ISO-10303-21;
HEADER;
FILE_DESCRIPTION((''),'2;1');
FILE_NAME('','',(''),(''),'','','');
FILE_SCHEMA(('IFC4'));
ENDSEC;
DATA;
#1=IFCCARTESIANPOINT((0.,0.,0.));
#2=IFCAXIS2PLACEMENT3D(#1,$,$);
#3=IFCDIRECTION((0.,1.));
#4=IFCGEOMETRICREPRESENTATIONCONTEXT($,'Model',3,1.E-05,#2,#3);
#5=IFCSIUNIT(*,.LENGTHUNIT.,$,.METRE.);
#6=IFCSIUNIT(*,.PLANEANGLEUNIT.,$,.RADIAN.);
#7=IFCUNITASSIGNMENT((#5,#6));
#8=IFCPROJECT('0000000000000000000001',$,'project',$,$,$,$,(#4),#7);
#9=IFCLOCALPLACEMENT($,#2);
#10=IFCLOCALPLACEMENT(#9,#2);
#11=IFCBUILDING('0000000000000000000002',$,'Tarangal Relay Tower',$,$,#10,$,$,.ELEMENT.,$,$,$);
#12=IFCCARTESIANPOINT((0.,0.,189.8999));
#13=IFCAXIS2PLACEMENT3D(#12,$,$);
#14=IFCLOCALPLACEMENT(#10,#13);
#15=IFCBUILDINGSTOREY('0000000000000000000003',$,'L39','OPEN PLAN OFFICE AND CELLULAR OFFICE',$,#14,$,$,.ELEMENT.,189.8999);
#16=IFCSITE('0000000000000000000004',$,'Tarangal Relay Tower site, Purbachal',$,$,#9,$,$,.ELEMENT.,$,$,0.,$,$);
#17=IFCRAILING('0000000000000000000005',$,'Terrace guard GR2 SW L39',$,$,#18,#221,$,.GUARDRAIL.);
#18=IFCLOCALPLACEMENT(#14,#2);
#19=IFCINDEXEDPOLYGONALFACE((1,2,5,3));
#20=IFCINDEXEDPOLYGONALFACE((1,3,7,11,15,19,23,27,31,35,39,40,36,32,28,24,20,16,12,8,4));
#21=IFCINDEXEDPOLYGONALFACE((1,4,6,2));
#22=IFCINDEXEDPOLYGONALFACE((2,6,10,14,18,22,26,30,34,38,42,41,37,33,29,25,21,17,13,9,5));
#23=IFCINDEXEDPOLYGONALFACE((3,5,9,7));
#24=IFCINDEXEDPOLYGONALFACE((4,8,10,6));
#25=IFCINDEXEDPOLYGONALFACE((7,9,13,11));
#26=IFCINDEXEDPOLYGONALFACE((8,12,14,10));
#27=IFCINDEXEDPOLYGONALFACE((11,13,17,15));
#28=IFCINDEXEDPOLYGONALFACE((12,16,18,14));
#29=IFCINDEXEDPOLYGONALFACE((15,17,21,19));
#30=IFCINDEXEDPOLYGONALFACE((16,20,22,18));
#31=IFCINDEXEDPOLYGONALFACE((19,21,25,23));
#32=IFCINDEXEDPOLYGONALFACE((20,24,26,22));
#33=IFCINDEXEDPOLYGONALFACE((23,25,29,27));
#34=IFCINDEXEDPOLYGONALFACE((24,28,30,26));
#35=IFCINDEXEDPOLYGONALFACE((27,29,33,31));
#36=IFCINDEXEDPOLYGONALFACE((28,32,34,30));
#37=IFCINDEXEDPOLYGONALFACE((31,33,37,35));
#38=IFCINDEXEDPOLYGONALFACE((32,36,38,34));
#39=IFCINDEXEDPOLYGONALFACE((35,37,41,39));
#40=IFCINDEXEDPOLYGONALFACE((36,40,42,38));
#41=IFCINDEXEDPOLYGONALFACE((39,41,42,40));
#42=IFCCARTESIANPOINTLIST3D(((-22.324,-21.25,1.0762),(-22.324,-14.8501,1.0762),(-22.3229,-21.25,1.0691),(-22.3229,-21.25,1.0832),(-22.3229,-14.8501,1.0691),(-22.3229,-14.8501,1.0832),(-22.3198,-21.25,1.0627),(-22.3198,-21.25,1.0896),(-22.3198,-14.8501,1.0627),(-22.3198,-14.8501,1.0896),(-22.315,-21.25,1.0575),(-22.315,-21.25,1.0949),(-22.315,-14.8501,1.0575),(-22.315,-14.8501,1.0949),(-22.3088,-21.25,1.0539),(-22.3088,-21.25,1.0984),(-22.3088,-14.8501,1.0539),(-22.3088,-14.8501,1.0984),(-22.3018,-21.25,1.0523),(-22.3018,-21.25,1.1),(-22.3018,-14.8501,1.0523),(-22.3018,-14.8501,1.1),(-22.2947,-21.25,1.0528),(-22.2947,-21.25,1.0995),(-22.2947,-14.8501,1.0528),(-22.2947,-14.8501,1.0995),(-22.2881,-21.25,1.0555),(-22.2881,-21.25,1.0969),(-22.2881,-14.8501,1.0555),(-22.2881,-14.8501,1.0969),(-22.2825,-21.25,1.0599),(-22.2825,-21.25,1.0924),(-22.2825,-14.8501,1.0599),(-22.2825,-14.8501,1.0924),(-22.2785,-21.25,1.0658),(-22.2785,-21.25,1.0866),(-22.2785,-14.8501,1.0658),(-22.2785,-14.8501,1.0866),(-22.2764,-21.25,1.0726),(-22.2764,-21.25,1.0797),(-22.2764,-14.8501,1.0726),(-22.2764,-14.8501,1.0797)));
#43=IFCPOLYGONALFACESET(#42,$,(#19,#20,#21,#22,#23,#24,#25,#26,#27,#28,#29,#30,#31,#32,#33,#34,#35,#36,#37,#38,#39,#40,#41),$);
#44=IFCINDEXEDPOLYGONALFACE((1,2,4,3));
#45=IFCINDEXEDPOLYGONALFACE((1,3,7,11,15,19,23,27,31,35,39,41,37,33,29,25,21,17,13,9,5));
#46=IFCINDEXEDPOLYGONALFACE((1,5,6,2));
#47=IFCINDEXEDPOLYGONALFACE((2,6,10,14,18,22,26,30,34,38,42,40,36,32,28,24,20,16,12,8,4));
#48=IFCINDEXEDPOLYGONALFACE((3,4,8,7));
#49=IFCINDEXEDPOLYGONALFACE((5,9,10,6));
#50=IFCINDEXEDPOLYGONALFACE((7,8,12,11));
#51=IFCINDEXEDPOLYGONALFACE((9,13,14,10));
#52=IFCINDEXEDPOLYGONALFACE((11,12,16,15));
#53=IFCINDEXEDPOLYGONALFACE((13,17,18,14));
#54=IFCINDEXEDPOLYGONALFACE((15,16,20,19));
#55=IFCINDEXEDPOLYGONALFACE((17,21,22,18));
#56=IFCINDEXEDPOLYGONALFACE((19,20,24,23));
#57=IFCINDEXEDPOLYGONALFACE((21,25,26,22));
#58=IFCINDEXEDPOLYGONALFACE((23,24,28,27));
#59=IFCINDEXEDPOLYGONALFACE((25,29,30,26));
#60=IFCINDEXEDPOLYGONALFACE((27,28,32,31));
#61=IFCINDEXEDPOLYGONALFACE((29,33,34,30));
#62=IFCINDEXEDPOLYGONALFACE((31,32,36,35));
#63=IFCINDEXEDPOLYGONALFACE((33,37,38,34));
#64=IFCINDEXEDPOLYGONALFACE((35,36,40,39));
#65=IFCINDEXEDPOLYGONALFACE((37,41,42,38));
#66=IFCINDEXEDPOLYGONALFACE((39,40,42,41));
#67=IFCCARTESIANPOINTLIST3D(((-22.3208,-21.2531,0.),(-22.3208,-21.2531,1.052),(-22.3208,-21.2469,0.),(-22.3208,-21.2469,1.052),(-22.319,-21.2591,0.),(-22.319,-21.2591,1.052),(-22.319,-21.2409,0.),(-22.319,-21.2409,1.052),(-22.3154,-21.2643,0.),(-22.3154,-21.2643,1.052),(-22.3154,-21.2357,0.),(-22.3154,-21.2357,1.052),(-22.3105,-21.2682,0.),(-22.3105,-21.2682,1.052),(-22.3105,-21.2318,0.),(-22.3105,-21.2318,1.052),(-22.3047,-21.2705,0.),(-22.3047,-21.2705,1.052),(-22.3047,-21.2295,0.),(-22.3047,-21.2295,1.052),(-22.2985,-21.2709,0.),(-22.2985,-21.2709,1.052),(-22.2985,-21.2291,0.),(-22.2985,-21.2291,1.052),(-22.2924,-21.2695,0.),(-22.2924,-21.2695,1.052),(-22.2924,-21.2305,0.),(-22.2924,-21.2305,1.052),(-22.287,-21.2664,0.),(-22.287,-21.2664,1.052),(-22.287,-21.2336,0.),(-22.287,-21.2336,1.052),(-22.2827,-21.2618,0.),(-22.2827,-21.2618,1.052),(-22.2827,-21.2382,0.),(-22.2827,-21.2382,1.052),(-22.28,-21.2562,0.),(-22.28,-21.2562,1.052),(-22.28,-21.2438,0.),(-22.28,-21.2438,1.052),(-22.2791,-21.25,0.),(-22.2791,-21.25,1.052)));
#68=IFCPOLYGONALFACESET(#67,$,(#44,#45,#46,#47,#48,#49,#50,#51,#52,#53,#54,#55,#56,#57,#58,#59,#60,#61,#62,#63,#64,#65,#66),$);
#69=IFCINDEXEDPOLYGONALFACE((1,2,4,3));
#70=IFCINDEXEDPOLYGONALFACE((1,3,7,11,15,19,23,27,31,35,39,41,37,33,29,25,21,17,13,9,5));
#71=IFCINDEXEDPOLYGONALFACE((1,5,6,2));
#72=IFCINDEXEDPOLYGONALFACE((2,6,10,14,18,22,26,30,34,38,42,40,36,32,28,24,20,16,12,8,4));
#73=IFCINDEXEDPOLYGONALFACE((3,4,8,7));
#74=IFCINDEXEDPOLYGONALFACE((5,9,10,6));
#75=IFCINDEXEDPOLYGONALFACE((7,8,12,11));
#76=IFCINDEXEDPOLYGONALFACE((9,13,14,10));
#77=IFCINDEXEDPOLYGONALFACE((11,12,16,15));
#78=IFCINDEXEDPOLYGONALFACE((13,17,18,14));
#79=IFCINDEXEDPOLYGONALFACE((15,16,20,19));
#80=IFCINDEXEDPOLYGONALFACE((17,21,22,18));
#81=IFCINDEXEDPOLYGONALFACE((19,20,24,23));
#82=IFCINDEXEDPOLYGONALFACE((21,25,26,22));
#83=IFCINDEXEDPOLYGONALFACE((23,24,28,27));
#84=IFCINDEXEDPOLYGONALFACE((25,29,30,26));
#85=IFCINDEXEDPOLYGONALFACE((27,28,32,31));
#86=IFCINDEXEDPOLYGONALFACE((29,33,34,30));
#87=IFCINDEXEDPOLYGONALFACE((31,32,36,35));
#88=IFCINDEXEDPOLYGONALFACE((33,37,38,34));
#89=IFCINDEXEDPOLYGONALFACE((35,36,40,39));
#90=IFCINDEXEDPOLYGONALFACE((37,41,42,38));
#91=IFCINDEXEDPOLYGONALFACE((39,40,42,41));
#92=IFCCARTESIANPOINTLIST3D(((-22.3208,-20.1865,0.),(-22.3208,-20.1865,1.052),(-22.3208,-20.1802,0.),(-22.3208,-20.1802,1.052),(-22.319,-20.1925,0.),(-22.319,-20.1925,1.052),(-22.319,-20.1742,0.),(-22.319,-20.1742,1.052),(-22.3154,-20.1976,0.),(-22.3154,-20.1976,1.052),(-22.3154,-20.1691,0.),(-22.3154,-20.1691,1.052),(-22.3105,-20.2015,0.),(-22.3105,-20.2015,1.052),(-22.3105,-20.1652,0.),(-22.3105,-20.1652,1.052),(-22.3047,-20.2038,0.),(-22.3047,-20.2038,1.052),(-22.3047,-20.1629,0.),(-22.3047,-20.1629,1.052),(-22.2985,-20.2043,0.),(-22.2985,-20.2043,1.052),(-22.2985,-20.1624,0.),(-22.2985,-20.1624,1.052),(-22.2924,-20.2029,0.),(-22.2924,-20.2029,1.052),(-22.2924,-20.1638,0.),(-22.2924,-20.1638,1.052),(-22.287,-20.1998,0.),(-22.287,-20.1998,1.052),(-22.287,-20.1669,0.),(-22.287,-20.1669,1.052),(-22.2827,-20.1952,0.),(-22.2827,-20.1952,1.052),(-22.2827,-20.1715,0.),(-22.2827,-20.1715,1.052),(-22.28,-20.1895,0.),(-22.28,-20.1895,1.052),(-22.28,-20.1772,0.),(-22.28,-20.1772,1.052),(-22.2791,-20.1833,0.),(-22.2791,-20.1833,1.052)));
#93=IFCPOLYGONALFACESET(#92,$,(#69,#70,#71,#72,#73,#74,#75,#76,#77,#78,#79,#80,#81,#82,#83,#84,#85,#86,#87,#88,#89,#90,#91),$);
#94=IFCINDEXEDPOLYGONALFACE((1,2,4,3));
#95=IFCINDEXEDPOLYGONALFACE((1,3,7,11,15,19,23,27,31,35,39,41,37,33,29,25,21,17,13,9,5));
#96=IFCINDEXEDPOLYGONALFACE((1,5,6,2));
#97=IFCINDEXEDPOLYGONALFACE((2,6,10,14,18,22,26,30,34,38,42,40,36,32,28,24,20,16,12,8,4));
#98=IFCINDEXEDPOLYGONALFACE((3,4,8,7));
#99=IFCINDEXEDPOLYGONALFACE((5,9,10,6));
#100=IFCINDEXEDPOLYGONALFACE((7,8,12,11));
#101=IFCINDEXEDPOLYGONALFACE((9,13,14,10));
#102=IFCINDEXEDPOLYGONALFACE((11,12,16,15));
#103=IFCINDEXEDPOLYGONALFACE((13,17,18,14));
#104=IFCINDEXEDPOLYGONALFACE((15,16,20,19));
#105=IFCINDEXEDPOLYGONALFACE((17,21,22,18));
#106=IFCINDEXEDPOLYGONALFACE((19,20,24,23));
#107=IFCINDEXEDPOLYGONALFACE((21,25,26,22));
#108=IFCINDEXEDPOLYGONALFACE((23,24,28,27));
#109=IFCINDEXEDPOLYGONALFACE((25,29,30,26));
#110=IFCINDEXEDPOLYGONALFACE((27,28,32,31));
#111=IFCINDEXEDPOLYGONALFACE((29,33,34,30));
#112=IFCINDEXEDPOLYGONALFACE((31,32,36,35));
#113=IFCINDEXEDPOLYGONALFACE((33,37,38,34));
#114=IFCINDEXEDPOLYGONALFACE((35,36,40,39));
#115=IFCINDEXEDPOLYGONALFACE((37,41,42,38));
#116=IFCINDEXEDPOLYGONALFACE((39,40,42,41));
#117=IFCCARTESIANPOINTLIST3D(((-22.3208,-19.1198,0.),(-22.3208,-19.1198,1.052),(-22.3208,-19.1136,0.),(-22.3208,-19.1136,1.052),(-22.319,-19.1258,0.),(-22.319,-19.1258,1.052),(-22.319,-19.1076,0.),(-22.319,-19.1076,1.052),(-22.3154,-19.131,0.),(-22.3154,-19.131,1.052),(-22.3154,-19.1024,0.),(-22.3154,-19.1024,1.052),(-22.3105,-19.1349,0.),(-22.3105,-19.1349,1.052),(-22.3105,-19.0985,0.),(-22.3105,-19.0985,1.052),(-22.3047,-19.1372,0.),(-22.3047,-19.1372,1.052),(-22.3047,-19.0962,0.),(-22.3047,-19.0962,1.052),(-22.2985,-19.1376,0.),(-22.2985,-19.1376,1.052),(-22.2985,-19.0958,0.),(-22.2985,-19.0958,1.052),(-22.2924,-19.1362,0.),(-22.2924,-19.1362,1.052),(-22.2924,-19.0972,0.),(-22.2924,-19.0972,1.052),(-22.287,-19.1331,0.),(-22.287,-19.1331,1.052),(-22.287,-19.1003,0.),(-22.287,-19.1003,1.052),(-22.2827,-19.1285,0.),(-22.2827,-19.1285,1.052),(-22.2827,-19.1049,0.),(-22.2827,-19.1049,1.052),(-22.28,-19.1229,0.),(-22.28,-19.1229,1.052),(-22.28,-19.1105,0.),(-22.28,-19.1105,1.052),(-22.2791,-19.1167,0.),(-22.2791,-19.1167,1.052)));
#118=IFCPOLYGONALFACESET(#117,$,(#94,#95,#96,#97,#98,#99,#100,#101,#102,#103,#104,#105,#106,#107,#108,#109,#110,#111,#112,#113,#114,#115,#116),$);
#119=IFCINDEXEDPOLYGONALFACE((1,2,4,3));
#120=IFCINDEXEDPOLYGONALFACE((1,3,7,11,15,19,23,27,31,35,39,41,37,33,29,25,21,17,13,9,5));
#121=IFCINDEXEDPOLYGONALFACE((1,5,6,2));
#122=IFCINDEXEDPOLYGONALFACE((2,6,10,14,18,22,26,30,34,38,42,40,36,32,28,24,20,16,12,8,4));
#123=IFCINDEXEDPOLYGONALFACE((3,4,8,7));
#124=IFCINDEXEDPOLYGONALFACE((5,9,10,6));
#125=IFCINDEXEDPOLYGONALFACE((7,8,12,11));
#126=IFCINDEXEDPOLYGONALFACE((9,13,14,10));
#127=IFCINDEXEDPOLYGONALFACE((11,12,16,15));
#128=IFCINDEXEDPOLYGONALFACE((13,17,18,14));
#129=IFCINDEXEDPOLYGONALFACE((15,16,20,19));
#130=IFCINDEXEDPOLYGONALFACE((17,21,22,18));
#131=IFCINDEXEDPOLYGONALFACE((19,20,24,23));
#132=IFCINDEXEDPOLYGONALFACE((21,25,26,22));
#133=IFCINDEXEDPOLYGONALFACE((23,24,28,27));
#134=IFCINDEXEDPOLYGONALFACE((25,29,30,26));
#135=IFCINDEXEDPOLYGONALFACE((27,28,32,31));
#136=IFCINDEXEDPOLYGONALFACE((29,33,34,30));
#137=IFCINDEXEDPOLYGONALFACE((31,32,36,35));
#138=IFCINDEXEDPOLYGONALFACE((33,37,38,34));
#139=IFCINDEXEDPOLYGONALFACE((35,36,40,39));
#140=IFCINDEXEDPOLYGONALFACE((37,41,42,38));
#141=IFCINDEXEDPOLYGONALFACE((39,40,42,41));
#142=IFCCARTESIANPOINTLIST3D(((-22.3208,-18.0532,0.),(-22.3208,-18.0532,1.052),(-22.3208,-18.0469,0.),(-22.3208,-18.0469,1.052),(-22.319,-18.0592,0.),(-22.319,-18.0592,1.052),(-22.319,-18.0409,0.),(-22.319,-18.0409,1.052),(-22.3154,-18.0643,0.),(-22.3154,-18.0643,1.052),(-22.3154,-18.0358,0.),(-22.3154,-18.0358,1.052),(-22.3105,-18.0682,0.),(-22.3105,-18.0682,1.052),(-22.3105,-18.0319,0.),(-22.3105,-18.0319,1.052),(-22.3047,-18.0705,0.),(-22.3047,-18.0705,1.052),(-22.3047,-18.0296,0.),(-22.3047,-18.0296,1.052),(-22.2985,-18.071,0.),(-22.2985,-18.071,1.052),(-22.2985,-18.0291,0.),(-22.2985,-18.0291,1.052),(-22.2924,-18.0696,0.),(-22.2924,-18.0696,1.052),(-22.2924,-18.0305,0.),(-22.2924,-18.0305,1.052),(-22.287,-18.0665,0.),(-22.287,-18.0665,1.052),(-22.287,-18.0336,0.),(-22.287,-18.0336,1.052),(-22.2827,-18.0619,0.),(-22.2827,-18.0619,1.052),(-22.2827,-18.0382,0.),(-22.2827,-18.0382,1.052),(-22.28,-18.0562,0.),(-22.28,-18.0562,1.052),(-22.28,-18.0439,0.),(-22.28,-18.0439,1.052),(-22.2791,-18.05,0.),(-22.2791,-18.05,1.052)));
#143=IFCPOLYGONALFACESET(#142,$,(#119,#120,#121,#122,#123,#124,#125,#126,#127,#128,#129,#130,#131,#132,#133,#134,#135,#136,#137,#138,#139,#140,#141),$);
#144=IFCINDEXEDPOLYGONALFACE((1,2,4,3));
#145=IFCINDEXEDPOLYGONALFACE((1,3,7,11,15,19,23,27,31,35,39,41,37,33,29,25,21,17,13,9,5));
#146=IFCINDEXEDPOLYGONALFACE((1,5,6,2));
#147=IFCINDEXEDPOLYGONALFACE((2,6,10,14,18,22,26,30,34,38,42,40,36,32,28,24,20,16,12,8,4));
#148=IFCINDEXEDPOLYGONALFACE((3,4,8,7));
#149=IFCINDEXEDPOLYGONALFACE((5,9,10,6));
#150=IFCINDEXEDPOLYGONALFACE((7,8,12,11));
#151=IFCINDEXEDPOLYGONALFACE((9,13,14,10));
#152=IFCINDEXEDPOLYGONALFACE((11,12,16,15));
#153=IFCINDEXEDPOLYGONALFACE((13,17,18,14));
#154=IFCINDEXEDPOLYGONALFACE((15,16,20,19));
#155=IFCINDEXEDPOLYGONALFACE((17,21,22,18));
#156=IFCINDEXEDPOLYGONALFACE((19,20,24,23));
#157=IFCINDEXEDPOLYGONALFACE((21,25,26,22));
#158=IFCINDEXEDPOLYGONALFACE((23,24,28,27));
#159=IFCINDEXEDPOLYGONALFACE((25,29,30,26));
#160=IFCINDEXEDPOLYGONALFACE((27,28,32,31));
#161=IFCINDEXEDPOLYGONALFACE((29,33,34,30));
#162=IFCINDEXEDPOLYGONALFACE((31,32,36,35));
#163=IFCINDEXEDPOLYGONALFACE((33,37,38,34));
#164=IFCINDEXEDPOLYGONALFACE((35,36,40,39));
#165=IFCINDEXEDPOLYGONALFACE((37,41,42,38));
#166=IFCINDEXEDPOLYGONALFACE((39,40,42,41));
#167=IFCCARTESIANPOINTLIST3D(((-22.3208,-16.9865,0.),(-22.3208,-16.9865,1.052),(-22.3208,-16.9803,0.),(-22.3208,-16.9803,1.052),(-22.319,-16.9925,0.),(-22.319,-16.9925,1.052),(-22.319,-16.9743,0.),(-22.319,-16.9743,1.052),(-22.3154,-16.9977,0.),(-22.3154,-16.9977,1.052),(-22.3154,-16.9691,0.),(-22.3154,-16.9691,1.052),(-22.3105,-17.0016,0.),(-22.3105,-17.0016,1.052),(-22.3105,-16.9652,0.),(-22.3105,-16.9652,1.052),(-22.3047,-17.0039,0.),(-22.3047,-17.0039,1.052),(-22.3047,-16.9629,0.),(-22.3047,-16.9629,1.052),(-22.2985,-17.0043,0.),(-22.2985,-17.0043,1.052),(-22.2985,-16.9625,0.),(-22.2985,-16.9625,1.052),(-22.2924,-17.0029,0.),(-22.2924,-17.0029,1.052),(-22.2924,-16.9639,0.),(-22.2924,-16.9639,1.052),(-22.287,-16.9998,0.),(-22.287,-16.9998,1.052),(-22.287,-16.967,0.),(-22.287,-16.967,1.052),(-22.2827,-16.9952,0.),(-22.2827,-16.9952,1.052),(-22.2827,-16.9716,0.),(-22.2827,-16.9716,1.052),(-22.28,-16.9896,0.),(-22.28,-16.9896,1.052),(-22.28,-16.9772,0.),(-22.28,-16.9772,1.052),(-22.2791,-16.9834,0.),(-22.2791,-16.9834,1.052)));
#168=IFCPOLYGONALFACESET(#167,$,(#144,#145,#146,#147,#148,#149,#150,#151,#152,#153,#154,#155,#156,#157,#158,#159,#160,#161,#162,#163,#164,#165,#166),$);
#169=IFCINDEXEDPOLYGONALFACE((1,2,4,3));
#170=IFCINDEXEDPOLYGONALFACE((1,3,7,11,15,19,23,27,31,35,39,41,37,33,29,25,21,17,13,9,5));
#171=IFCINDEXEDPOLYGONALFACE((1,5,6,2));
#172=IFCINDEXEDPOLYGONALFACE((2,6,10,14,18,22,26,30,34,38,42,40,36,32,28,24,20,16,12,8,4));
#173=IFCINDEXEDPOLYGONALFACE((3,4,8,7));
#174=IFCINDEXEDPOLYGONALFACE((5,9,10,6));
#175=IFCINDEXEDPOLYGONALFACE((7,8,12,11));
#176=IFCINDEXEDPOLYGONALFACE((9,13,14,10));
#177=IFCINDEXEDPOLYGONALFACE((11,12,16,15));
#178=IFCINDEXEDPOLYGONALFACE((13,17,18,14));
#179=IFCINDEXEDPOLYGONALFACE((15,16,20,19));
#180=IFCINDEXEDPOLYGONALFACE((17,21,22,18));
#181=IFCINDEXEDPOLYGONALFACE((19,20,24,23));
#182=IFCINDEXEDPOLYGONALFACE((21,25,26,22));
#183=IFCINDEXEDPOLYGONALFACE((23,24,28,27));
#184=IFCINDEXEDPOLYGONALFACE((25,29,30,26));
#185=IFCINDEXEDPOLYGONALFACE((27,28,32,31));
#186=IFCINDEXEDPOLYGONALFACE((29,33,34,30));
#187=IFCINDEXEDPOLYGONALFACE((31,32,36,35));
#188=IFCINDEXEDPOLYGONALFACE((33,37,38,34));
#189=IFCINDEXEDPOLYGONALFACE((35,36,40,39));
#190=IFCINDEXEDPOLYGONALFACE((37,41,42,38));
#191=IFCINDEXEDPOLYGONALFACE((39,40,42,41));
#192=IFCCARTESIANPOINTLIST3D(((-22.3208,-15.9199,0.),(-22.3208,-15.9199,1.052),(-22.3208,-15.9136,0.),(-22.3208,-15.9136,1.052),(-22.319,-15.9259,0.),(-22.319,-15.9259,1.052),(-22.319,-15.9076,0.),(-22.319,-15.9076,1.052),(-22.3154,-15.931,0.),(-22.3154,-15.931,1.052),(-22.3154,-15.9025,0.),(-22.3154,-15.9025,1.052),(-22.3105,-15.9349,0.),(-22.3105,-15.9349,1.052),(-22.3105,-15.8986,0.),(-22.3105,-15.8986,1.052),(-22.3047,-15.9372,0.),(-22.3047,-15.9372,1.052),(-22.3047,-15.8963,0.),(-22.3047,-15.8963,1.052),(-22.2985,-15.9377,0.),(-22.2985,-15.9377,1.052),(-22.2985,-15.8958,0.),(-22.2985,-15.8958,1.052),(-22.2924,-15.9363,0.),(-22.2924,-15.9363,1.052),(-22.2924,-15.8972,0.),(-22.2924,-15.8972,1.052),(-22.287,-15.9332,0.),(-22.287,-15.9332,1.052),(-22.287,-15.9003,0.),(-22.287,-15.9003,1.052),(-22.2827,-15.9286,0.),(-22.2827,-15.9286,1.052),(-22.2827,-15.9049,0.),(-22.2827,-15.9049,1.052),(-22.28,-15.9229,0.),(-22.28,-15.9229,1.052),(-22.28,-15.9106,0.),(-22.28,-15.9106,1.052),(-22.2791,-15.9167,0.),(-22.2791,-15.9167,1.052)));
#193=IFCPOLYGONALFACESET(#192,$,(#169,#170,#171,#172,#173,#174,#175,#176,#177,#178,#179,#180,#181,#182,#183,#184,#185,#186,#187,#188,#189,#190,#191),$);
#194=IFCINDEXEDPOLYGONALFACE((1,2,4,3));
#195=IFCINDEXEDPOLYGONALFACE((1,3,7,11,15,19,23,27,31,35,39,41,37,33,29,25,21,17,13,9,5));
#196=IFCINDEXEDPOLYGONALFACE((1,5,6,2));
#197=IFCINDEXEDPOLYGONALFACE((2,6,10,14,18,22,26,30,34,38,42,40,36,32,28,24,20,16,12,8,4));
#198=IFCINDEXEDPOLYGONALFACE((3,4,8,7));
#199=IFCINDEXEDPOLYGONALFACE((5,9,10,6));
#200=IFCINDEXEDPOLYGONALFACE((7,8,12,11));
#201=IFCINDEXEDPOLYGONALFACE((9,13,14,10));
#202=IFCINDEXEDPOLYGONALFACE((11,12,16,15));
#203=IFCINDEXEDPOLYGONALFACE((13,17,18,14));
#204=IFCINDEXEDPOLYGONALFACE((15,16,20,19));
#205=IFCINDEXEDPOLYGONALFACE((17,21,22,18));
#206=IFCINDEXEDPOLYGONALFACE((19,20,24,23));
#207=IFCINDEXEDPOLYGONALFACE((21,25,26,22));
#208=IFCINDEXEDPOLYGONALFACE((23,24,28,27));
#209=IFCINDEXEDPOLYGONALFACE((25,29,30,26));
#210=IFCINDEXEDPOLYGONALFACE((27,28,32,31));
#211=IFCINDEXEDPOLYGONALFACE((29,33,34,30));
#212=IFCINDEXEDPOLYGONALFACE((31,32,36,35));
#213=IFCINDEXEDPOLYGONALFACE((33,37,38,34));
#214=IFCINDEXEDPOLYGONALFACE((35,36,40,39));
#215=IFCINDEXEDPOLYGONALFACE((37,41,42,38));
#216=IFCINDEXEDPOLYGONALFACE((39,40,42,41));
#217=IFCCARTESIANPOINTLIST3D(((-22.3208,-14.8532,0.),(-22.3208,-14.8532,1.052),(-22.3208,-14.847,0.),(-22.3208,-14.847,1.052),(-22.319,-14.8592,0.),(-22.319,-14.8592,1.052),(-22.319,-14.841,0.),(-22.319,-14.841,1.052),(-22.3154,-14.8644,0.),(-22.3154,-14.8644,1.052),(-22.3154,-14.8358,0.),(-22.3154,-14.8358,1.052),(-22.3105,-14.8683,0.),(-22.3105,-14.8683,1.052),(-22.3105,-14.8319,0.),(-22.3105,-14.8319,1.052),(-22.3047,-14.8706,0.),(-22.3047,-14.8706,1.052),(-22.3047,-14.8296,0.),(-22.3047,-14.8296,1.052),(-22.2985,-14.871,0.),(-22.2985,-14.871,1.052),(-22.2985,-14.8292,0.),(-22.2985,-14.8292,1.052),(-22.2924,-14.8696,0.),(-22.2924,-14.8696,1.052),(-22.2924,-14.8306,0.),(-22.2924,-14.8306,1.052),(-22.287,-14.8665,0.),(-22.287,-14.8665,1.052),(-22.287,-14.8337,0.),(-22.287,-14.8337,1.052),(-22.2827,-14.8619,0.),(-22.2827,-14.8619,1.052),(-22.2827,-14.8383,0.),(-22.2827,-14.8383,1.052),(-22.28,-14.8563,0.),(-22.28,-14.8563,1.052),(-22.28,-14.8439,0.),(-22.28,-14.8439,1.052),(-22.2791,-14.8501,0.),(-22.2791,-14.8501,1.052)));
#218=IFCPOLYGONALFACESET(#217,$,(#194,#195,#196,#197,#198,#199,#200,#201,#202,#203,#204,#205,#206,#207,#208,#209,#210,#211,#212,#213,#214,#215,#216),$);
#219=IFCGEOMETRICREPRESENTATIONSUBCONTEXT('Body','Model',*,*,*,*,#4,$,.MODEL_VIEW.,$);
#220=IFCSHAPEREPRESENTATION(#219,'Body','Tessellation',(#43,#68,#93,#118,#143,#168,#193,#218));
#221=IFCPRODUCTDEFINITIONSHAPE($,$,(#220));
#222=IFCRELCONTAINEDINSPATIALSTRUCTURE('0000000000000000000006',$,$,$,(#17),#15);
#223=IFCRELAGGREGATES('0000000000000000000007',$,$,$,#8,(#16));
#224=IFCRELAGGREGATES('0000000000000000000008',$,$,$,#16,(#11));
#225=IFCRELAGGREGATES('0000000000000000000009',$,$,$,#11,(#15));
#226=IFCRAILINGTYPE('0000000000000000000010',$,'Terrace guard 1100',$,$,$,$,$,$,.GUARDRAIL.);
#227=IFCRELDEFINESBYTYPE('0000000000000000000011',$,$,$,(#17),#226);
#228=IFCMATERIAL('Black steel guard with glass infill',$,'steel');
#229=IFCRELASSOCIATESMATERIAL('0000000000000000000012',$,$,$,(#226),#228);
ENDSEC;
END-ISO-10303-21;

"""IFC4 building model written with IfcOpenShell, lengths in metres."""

from ifc_helpers import new_model, si_unit, direction, frame, origin, origin_2d, place, context, subcontext, project, spatial, circle, extrude, material, type_object, element, save


model = new_model("IFC4")

# Units and contexts
model_context = context("Model", 3, precision=1e-05, world=origin(), true_north=direction((0.0, 1.0)))
body_context = subcontext(model_context, "Body", "Model", "MODEL_VIEW")
ifc_project = project(units=[si_unit("LENGTHUNIT", "METRE"), si_unit("PLANEANGLEUNIT", "RADIAN")], contexts=[model_context])

# Site, building, storey
site_placement = place(None, origin())
site = spatial("IfcSite", under=ifc_project, at=site_placement, Name="Tarangal Relay Tower site, Purbachal", CompositionType="ELEMENT", RefElevation=0.0)
building_placement = place(site_placement, origin())
building = spatial("IfcBuilding", under=site, at=building_placement, Name="Tarangal Relay Tower", CompositionType="ELEMENT")
storey_placement = place(building_placement, frame((0.0, 0.0, 189.8999)))
storey = spatial("IfcBuildingStorey", under=building, at=storey_placement, Name="L39", Description="OPEN PLAN OFFICE AND CELLULAR OFFICE", CompositionType="ELEMENT", Elevation=189.8999)

# Railing
ifc_material_1 = material(Name="Black steel guard with glass infill", Category="steel")
railing_type = type_object("IfcRailingType", Name="Terrace guard 1100", PredefinedType="GUARDRAIL", material=ifc_material_1)
railing_1_placement = place(storey_placement, frame((-22.3, -21.25, 0.0)))
element("IfcRailing", 1, at=railing_1_placement, inside=storey, type_object=railing_type, Name="Terrace guard GR2 SW L39", PredefinedType="GUARDRAIL", context=body_context, shape_type="SweptSolid", body=[
    extrude(circle(Radius=0.0239, at=origin_2d()), frame((0.0, 0.0, 1.0762), z_axis=(0.0, 1.0, 0.0), x_axis=(-1.0, 0.0, 0.0)), (0.0, 0.0, 1.0), 6.3999),
    extrude(circle(Radius=0.021, at=origin_2d()), origin(), (0.0, 0.0, 1.0), 1.052),
    extrude(circle(Radius=0.021, at=origin_2d()), frame((0.0, 1.0667, 0.0)), (0.0, 0.0, 1.0), 1.052),
    extrude(circle(Radius=0.021, at=origin_2d()), frame((0.0, 2.1333, 0.0)), (0.0, 0.0, 1.0), 1.052),
    extrude(circle(Radius=0.021, at=origin_2d()), frame((0.0, 3.2, 0.0)), (0.0, 0.0, 1.0), 1.052),
    extrude(circle(Radius=0.021, at=origin_2d()), frame((0.0, 4.2666, 0.0)), (0.0, 0.0, 1.0), 1.052),
    extrude(circle(Radius=0.021, at=origin_2d()), frame((0.0, 5.3333, 0.0)), (0.0, 0.0, 1.0), 1.052),
    extrude(circle(Radius=0.021, at=origin_2d()), frame((0.0, 6.3999, 0.0)), (0.0, 0.0, 1.0), 1.052),
])

save(model, "model.ifc")
